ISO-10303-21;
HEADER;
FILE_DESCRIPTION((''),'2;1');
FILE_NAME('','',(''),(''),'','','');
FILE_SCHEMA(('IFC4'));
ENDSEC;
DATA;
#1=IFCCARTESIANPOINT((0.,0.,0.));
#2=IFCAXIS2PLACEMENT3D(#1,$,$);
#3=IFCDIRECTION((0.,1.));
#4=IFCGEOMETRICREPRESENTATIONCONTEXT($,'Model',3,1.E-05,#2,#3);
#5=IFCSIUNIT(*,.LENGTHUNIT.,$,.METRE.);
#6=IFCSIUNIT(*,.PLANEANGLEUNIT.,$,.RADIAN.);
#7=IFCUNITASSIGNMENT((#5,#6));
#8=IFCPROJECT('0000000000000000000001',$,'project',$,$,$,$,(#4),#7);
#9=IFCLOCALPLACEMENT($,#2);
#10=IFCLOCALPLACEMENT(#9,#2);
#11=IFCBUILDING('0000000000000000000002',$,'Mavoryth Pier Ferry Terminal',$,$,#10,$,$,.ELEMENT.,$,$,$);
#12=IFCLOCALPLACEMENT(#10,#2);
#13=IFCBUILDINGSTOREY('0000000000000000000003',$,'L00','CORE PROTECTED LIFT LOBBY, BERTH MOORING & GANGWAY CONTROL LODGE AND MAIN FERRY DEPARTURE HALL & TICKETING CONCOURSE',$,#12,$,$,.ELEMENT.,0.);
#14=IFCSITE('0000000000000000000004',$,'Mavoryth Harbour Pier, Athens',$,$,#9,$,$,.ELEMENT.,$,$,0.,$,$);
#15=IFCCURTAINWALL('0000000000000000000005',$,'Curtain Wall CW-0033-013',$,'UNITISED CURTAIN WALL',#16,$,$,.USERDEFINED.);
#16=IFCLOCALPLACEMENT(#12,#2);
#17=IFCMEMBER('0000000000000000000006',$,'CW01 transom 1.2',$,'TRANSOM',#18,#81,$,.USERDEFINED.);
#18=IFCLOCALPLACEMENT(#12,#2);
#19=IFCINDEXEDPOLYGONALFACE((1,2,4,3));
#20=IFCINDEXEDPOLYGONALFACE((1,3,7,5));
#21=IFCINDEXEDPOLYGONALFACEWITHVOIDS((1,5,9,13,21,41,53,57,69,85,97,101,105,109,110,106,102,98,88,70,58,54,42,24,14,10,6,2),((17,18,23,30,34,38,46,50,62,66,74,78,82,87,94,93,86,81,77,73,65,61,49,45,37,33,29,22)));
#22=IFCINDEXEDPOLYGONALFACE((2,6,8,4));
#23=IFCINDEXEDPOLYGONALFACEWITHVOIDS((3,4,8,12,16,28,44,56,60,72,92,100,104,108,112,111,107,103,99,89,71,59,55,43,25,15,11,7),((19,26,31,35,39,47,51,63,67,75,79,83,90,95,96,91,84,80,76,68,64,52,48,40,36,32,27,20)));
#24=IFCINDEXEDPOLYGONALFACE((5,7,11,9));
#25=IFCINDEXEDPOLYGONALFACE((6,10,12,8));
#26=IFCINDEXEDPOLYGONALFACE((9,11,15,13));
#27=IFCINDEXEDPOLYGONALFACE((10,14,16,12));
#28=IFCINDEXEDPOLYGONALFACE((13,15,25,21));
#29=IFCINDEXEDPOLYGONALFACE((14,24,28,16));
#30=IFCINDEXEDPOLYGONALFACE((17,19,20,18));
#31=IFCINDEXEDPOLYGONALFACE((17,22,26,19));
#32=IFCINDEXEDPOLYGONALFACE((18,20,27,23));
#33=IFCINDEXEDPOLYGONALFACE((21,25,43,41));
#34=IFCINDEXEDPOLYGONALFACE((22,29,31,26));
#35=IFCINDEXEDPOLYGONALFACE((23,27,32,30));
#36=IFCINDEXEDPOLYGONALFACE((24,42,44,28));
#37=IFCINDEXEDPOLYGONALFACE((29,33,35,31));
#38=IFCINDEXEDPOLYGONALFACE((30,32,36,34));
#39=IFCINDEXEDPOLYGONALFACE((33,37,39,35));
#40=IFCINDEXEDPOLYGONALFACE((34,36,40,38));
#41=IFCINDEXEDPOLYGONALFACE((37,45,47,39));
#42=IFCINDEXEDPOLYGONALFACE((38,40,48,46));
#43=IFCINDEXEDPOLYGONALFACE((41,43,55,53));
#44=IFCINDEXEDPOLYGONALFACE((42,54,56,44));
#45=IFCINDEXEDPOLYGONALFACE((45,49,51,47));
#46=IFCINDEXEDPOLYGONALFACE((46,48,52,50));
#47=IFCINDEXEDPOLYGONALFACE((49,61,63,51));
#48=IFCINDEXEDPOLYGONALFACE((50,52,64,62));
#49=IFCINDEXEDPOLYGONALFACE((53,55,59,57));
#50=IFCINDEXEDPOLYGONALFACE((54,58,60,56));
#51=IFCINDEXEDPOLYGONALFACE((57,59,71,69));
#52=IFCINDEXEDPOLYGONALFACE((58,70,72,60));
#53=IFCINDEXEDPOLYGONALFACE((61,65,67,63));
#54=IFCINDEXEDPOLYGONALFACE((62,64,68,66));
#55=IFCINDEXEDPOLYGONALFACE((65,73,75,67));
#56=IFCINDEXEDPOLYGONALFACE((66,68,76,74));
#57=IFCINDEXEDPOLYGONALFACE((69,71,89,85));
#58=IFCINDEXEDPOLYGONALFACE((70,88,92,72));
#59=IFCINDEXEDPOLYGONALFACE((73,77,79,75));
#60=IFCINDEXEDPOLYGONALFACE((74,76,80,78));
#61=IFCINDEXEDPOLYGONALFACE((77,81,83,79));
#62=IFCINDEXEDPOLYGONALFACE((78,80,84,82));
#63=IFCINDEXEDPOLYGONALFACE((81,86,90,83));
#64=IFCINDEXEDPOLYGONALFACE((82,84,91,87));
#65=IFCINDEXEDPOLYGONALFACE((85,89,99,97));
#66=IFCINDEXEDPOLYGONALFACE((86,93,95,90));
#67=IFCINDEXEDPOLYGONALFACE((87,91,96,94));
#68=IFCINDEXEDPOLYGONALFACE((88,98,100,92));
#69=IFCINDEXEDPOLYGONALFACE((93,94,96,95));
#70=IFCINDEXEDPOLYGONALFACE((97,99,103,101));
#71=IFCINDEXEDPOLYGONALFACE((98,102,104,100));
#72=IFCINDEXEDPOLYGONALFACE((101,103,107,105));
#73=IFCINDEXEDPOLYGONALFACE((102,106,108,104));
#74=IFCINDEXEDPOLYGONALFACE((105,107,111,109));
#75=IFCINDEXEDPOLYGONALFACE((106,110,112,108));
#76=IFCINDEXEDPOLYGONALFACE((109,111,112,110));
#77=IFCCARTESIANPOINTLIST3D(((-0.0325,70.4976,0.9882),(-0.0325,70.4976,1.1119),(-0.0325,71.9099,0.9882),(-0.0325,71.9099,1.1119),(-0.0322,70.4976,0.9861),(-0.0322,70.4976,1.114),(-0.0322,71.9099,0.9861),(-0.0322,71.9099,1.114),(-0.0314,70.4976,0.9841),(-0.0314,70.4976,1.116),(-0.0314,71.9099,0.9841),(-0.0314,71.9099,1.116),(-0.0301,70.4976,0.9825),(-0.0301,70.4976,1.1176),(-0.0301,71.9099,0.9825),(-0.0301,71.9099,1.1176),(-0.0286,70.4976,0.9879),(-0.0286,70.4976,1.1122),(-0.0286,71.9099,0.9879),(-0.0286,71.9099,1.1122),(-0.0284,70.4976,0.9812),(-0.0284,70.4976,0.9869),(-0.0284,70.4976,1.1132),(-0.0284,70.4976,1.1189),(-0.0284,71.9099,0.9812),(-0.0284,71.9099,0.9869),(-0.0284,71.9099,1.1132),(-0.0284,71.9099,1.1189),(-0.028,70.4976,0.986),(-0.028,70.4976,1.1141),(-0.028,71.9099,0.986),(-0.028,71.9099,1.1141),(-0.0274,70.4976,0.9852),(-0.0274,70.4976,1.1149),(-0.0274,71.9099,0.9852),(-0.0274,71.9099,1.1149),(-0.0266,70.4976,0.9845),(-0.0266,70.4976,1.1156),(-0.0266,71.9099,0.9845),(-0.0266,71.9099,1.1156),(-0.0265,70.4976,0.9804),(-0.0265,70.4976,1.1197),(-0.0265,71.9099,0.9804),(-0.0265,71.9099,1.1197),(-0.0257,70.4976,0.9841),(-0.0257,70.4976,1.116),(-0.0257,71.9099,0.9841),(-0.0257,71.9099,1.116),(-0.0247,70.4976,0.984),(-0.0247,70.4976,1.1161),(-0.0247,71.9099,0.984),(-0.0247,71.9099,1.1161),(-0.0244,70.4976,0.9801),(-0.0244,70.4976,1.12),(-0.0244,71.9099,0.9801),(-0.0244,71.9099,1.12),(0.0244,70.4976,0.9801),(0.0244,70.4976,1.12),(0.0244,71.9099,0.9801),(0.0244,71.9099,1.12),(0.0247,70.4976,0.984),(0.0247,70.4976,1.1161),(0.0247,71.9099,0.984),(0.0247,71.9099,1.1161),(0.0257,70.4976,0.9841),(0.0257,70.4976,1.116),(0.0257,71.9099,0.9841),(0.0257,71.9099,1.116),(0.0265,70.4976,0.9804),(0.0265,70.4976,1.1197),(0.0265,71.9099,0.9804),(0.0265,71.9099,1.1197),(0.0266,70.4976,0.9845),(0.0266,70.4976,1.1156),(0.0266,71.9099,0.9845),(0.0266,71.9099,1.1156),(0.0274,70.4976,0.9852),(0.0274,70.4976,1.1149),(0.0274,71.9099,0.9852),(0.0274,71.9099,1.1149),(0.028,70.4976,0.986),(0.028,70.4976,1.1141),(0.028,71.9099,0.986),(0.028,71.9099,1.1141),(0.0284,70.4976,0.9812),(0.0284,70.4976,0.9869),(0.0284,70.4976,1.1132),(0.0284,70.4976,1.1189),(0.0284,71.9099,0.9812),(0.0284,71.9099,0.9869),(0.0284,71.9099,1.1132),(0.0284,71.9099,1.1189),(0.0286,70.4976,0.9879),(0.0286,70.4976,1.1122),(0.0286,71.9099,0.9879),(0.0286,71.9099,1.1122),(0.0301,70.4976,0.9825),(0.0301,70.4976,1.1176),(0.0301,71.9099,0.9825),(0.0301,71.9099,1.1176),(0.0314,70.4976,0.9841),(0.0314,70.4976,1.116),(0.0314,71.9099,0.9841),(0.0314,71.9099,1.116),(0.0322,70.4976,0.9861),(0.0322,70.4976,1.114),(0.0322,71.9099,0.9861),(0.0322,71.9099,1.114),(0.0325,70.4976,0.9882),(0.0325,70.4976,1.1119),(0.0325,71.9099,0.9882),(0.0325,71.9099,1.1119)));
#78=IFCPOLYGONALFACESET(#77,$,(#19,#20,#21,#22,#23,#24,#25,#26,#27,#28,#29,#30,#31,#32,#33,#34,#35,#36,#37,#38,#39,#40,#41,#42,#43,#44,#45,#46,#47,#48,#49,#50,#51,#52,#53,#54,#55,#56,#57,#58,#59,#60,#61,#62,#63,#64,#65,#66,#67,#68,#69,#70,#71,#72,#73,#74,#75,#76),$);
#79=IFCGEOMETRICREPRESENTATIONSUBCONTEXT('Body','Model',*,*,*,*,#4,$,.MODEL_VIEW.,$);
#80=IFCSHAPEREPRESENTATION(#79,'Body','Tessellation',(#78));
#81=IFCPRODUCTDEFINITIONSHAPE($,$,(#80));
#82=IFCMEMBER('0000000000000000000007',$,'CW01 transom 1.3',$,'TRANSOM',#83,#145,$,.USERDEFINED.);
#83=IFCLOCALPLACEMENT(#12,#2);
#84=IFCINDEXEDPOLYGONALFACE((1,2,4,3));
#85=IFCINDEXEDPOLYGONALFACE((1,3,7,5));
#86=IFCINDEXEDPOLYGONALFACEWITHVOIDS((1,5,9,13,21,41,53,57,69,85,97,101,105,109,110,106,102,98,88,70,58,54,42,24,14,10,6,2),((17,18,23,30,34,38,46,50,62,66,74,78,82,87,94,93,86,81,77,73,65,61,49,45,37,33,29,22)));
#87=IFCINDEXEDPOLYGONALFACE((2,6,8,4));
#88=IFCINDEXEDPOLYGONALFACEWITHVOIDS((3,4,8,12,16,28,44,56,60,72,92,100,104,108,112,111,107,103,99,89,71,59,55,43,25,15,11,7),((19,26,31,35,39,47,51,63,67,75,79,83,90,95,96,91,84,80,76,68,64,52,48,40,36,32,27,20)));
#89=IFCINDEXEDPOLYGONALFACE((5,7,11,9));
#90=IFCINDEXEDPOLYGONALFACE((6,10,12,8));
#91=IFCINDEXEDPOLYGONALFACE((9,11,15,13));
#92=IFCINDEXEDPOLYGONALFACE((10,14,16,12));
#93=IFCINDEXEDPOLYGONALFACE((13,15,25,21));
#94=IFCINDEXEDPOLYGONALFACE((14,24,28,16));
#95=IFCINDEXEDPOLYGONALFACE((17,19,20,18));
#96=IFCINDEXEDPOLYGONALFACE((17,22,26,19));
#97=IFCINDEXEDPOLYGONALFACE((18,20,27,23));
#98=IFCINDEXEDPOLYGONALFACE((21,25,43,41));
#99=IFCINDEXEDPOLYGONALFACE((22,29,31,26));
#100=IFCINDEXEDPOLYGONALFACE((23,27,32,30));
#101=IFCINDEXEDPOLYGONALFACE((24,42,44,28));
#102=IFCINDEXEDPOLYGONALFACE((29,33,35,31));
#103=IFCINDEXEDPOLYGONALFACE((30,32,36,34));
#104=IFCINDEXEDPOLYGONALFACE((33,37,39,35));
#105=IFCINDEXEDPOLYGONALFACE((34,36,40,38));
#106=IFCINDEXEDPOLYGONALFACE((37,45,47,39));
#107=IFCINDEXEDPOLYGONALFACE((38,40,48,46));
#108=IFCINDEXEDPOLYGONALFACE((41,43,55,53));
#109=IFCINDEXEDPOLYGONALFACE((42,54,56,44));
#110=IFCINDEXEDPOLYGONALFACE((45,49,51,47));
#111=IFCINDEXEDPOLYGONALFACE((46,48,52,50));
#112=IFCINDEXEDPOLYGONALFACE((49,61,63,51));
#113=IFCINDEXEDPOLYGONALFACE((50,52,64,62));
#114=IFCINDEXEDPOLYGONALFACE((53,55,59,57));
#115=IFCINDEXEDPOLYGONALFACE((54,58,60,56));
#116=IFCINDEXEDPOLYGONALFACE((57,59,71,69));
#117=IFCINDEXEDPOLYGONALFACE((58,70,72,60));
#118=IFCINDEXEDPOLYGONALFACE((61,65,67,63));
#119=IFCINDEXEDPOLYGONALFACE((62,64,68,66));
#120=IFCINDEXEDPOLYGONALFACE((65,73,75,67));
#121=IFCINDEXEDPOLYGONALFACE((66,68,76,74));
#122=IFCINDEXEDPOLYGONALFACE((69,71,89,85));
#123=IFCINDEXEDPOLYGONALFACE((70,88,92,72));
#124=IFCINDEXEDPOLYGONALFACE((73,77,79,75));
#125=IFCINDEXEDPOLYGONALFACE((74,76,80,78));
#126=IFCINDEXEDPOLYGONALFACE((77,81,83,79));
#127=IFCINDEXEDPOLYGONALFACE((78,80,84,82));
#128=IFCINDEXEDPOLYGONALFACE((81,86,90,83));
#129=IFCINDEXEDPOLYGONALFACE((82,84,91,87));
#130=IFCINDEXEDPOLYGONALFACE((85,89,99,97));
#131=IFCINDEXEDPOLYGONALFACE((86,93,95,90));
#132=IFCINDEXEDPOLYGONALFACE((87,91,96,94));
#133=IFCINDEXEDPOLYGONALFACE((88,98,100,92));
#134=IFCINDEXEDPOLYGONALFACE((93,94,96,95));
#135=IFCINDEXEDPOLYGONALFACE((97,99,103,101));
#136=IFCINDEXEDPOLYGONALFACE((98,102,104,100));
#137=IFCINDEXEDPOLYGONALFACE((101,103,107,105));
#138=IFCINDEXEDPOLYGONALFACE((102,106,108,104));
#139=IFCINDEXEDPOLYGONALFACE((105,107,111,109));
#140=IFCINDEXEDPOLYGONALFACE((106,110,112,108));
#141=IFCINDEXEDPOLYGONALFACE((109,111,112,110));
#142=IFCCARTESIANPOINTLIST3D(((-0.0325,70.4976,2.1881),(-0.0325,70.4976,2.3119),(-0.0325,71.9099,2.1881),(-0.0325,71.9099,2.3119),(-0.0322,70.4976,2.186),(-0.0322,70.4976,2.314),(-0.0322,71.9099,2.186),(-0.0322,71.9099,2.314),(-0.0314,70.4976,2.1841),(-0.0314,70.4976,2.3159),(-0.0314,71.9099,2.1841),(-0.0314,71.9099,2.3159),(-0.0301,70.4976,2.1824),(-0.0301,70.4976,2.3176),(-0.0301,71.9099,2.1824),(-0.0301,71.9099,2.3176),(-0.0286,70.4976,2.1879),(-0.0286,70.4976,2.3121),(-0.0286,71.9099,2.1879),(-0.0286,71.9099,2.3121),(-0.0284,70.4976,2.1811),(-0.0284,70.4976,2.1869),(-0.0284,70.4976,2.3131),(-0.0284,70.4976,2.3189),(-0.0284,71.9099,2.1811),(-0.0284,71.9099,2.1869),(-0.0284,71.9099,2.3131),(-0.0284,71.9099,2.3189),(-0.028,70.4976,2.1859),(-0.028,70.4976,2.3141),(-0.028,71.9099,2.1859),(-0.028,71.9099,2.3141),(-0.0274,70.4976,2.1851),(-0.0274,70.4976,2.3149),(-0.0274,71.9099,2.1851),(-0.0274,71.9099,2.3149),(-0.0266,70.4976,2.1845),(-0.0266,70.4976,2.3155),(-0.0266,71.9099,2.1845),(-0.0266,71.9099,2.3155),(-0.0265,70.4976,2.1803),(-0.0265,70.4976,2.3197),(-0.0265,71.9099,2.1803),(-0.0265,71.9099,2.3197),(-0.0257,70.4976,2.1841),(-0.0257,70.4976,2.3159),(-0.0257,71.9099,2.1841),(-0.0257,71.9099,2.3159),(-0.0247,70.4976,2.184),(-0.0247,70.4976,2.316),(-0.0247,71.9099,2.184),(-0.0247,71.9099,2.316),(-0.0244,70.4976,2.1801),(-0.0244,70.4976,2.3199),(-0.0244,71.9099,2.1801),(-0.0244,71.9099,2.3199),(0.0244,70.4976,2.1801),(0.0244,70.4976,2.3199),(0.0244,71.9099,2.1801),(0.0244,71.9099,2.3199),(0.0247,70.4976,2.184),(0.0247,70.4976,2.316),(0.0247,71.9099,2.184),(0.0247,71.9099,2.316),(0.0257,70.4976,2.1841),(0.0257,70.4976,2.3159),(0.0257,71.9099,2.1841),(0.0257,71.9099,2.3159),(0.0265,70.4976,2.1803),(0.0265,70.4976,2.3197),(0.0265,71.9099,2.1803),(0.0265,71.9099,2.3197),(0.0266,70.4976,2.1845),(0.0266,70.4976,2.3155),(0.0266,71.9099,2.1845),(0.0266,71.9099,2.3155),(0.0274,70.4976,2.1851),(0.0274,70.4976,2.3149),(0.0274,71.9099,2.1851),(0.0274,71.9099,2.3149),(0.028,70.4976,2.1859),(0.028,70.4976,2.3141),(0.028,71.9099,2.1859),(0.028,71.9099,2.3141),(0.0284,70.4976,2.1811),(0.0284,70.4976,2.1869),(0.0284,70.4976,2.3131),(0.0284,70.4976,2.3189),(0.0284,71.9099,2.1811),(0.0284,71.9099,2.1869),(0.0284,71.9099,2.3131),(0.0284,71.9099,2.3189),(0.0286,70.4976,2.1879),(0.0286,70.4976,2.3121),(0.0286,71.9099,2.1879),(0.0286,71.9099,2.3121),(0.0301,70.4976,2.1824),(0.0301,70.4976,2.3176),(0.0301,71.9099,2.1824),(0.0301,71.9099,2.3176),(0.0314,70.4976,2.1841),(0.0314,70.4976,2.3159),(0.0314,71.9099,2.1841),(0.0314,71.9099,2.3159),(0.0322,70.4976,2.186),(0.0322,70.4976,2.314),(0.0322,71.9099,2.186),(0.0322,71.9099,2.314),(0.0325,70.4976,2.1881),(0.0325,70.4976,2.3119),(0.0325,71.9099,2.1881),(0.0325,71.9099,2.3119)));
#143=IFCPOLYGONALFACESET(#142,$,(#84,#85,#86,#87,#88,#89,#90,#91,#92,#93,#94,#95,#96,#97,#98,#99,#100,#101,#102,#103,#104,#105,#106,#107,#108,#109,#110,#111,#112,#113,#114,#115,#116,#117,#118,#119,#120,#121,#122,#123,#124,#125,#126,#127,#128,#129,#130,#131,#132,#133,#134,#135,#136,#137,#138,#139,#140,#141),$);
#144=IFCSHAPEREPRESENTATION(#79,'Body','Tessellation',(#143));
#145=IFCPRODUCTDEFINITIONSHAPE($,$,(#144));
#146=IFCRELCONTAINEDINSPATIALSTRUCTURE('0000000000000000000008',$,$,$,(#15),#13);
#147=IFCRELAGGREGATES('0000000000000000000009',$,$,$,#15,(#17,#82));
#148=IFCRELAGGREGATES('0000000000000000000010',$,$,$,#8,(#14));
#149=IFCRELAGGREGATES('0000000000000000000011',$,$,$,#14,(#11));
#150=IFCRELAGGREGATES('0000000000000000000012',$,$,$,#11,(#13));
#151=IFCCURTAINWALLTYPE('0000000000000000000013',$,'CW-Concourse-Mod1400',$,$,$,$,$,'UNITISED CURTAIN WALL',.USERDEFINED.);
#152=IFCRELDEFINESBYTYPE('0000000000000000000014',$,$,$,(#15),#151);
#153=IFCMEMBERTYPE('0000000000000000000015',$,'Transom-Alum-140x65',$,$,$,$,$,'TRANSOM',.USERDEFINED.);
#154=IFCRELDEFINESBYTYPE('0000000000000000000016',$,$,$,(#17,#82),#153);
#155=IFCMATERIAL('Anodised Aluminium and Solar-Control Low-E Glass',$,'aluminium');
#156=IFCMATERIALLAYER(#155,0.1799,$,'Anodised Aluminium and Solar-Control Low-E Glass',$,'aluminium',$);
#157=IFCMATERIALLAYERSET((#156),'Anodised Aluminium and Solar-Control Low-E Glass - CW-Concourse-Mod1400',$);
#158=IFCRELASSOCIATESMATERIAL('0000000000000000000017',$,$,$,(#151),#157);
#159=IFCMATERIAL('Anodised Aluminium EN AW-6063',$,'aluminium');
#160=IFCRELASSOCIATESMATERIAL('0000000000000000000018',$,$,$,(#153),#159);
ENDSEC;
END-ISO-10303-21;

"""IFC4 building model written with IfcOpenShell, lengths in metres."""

from ifc_helpers import new_model, si_unit, direction, frame, origin, origin_2d, place, context, subcontext, project, spatial, hollow_rectangle, extrude, material, layer, layer_set, material_profile, profile_set, type_object, element, aggregate, save


model = new_model("IFC4")

# Units and contexts
model_context = context("Model", 3, precision=1e-05, world=origin(), true_north=direction((0.0, 1.0)))
body_context = subcontext(model_context, "Body", "Model", "MODEL_VIEW")
ifc_project = project(units=[si_unit("LENGTHUNIT", "METRE"), si_unit("PLANEANGLEUNIT", "RADIAN")], contexts=[model_context])

# Site, building, storey
site_placement = place(None, origin())
site = spatial("IfcSite", under=ifc_project, at=site_placement, Name="Mavoryth Harbour Pier, Athens", CompositionType="ELEMENT", RefElevation=0.0)
building_placement = place(site_placement, origin())
building = spatial("IfcBuilding", under=site, at=building_placement, Name="Mavoryth Pier Ferry Terminal", CompositionType="ELEMENT")
storey_placement = place(building_placement, origin())
storey = spatial("IfcBuildingStorey", under=building, at=storey_placement, Name="L00", Description="CORE PROTECTED LIFT LOBBY, BERTH MOORING & GANGWAY CONTROL LODGE AND MAIN FERRY DEPARTURE HALL & TICKETING CONCOURSE", CompositionType="ELEMENT", Elevation=0.0)

# Curtain wall, members
ifc_material_1 = material(Name="Anodised Aluminium and Solar-Control Low-E Glass", Category="aluminium")
ifc_layer_1 = layer(ifc_material_1, 0.1799, Name="Anodised Aluminium and Solar-Control Low-E Glass", Category="aluminium")
ifc_layer_set_1 = layer_set([ifc_layer_1], Name="Anodised Aluminium and Solar-Control Low-E Glass - CW-Concourse-Mod1400")
curtain_wall_type = type_object("IfcCurtainWallType", Name="CW-Concourse-Mod1400", ElementType="UNITISED CURTAIN WALL", PredefinedType="USERDEFINED", material=ifc_layer_set_1)
curtain_wall_placement = place(storey_placement, origin())
curtain_wall = element("IfcCurtainWall", 1, at=curtain_wall_placement, inside=storey, type_object=curtain_wall_type, Name="Curtain Wall CW-0033-013", ObjectType="UNITISED CURTAIN WALL", PredefinedType="USERDEFINED")
ifc_material_2 = material(Name="Anodised Aluminium EN AW-6063", Category="aluminium")
ifc_material_profile_1 = material_profile(ifc_material_2, hollow_rectangle(XDim=0.0649, YDim=0.1399, WallThickness=0.0039, InnerFilletRadius=0.0039, OuterFilletRadius=0.0081, at=origin_2d()), Name="AL-TRAN 140x65x4", Category="aluminium")
ifc_profile_set_1 = profile_set([ifc_material_profile_1], Name="Anodised Aluminium EN AW-6063 - AL-TRAN 140x65x4")
member_type_1 = type_object("IfcMemberType", Name="Transom-Alum-140x65", ElementType="TRANSOM", PredefinedType="USERDEFINED", material=ifc_profile_set_1)
member_1_placement = place(storey_placement, frame((0.0, 71.9099, 1.05), z_axis=(0.0, -1.0, 0.0), x_axis=(1.0, 0.0, 0.0)))
member_1 = element("IfcMember", 2, at=member_1_placement, type_object=member_type_1, Name="CW01 transom 1.2", ObjectType="TRANSOM", PredefinedType="USERDEFINED", context=body_context, shape_type="SweptSolid", body=[
    extrude(hollow_rectangle(XDim=0.0649, YDim=0.1399, WallThickness=0.0039, InnerFilletRadius=0.0039, OuterFilletRadius=0.0081, at=origin_2d()), origin(), (0.0, 0.0, 1.0), 1.4124),
])
member_2_placement = place(storey_placement, frame((0.0, 71.9099, 2.25), z_axis=(0.0, -1.0, 0.0), x_axis=(1.0, 0.0, 0.0)))
member_2 = element("IfcMember", 3, at=member_2_placement, type_object=member_type_1, Name="CW01 transom 1.3", ObjectType="TRANSOM", PredefinedType="USERDEFINED", context=body_context, shape_type="SweptSolid", body=[
    extrude(hollow_rectangle(XDim=0.0649, YDim=0.1399, WallThickness=0.0039, InnerFilletRadius=0.0039, OuterFilletRadius=0.0081, at=origin_2d()), origin(), (0.0, 0.0, 1.0), 1.4124),
])
aggregate(curtain_wall, [member_1, member_2])

save(model, "model.ifc")
